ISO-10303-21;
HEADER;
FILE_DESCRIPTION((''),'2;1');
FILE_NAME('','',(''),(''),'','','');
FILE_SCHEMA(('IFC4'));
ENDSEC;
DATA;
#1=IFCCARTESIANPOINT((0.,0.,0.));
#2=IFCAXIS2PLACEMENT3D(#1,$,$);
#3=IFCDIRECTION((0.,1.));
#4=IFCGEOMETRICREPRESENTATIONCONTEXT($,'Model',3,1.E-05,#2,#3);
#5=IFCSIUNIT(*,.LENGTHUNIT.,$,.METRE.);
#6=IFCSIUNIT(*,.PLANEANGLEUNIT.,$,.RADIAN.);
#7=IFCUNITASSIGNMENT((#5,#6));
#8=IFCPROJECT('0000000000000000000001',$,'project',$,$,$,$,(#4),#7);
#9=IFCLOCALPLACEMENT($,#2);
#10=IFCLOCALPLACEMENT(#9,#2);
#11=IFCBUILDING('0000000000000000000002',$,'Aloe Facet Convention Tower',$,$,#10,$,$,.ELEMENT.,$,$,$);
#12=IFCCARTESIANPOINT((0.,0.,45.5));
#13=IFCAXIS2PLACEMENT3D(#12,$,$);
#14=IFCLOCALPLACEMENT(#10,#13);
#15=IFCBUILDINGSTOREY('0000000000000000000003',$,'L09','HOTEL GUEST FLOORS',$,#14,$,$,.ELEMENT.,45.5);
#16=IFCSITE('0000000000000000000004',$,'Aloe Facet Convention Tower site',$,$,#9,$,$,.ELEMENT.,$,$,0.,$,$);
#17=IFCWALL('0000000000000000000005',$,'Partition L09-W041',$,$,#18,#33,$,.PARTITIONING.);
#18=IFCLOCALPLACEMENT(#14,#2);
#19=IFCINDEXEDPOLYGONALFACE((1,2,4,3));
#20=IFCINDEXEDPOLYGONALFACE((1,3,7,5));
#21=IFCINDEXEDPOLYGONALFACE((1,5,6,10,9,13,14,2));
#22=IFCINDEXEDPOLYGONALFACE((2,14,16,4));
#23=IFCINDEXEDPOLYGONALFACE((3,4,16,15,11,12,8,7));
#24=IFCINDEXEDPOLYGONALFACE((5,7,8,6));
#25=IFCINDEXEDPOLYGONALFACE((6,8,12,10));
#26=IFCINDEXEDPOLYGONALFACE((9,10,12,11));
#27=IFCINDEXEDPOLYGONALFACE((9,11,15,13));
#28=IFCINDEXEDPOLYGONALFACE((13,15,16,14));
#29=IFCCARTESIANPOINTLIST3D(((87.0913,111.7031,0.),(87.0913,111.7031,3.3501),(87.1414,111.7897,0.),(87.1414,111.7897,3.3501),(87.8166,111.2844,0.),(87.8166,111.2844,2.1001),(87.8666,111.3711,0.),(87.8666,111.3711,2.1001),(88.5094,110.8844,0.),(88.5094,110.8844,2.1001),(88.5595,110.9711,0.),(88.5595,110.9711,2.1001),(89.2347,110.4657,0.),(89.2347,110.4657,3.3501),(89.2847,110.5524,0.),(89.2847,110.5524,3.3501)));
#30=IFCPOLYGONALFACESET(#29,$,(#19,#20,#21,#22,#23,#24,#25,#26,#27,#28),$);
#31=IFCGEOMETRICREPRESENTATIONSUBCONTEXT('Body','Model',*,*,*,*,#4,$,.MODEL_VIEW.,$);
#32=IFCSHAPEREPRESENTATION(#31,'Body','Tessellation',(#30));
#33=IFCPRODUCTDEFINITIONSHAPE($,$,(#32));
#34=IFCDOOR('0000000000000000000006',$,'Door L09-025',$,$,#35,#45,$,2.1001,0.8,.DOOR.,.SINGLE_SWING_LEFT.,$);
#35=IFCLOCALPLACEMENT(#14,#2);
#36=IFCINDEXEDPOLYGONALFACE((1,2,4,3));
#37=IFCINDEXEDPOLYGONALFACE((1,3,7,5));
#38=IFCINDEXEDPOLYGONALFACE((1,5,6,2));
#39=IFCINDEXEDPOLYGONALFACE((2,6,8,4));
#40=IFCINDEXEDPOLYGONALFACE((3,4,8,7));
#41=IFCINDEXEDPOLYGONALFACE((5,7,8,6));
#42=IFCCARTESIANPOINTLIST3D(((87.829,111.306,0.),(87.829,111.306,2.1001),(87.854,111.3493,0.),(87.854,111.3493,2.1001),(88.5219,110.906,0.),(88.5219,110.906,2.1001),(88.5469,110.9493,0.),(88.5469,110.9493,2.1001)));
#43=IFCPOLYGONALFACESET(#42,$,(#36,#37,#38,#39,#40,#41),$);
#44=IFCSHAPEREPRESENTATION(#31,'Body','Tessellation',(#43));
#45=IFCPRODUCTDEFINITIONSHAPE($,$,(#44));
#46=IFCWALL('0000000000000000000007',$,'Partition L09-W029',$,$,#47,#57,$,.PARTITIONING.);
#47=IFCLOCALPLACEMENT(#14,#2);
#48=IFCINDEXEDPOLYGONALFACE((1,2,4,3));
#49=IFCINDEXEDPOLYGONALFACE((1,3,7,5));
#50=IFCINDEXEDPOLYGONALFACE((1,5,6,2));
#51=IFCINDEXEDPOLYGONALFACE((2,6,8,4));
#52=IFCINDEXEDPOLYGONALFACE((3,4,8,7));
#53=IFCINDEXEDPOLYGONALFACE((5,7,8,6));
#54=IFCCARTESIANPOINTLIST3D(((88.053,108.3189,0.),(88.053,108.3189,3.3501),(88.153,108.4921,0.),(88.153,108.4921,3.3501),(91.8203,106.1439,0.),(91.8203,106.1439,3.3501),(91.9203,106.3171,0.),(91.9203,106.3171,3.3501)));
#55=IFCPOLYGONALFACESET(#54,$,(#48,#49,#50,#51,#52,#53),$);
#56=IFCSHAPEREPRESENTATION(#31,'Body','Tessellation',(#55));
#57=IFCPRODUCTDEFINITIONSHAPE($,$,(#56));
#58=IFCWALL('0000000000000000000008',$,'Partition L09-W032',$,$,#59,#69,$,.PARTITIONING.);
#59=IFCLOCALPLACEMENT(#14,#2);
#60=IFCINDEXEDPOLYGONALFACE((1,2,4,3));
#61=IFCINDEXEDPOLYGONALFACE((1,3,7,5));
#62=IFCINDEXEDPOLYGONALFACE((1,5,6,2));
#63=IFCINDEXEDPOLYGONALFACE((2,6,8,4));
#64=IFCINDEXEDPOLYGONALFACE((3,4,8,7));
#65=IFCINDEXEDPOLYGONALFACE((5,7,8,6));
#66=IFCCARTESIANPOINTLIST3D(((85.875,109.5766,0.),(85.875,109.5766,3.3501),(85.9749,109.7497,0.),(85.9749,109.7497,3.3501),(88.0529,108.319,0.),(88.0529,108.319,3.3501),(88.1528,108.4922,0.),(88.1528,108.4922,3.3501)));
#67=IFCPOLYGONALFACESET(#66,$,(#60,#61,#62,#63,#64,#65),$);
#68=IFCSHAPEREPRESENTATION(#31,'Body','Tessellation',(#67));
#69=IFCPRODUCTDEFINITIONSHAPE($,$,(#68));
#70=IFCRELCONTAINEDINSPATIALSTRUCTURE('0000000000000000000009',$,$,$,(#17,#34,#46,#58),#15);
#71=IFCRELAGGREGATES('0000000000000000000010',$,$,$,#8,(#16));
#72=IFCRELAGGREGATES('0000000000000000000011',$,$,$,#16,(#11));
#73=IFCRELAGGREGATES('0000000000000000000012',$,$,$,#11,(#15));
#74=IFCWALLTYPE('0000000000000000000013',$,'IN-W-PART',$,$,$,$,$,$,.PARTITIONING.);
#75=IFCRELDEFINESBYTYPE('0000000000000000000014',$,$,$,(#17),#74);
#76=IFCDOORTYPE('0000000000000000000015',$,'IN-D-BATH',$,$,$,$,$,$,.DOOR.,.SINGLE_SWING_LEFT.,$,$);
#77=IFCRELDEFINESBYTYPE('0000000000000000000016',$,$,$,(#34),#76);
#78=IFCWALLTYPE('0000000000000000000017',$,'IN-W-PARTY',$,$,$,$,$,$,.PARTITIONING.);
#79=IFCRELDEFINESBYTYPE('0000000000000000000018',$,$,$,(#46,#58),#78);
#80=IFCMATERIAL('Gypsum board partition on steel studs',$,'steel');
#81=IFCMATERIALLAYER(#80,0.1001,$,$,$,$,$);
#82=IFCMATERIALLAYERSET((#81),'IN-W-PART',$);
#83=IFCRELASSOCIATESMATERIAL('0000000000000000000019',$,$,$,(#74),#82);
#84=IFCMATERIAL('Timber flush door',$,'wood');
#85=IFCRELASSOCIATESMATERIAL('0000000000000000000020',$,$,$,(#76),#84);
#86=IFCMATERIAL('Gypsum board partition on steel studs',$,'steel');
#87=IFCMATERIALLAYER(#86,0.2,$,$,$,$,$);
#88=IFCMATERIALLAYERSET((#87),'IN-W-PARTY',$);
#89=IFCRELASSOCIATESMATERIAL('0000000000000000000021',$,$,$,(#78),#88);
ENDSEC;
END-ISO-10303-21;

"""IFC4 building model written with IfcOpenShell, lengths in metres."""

from ifc_helpers import new_model, si_unit, direction, frame, frame_2d, origin, place, context, subcontext, project, spatial, rectangle, extrude, material, layer, layer_set, type_object, element, fill, save


model = new_model("IFC4")

# Units and contexts
model_context = context("Model", 3, precision=1e-05, world=origin(), true_north=direction((0.0, 1.0)))
body_context = subcontext(model_context, "Body", "Model", "MODEL_VIEW")
ifc_project = project(units=[si_unit("LENGTHUNIT", "METRE"), si_unit("PLANEANGLEUNIT", "RADIAN")], contexts=[model_context])

# Site, building, storey
site_placement = place(None, origin())
site = spatial("IfcSite", under=ifc_project, at=site_placement, Name="Aloe Facet Convention Tower site", CompositionType="ELEMENT", RefElevation=0.0)
building_placement = place(site_placement, origin())
building = spatial("IfcBuilding", under=site, at=building_placement, Name="Aloe Facet Convention Tower", CompositionType="ELEMENT")
storey_placement = place(building_placement, frame((0.0, 0.0, 45.5)))
storey = spatial("IfcBuildingStorey", under=building, at=storey_placement, Name="L09", Description="HOTEL GUEST FLOORS", CompositionType="ELEMENT", Elevation=45.5)

# Wall, opening, door
ifc_material_1 = material(Name="Gypsum board partition on steel studs", Category="steel")
ifc_layer_1 = layer(ifc_material_1, 0.1001)
ifc_layer_set_1 = layer_set([ifc_layer_1], Name="IN-W-PART")
wall_type_1 = type_object("IfcWallType", Name="IN-W-PART", PredefinedType="PARTITIONING", material=ifc_layer_set_1)
wall_1_placement = place(storey_placement, frame((87.1165, 111.7463, 0.0), z_axis=(0.0, 0.0, 1.0), x_axis=(0.866049, -0.499959, 0.0)))
wall_1 = element("IfcWall", 1, at=wall_1_placement, inside=storey, type_object=wall_type_1, Name="Partition L09-W041", PredefinedType="PARTITIONING", context=body_context, shape_type="SweptSolid", body=[
    extrude(rectangle(XDim=2.4749, YDim=0.1001, at=frame_2d((1.2373, 0.0))), origin(), (0.0, 0.0, 1.0), 3.3501),
])
opening_1_placement = place(wall_1_placement, frame((0.8374, 0.0, 0.0)))
opening_1 = element("IfcOpeningElement", 2, at=opening_1_placement, cuts=wall_1, PredefinedType="OPENING", context=body_context, shape_type="SweptSolid", body=[
    extrude(rectangle(XDim=0.8, YDim=2.1001, at=frame_2d((0.3999, 1.05))), frame((0.0, 0.0601, 0.0), z_axis=(0.0, -1.0, 0.0), x_axis=(1.0, 0.0, 0.0)), (0.0, 0.0, 1.0), 0.1201),
])
ifc_material_2 = material(Name="Timber flush door", Category="wood")
door_type_1 = type_object("IfcDoorType", Name="IN-D-BATH", OperationType="SINGLE_SWING_LEFT", PredefinedType="DOOR", material=ifc_material_2)
door_1_placement = place(opening_1_placement, origin())
door_1 = element("IfcDoor", 3, at=door_1_placement, inside=storey, type_object=door_type_1, Name="Door L09-025", OperationType="SINGLE_SWING_LEFT", OverallHeight=2.1001, OverallWidth=0.8, PredefinedType="DOOR", context=body_context, shape_type="SweptSolid", body=[
    extrude(rectangle(XDim=0.8, YDim=2.1001, at=frame_2d((0.3999, 1.05))), frame((0.0, 0.0249, 0.0), z_axis=(0.0, -1.0, 0.0), x_axis=(1.0, 0.0, 0.0)), (0.0, 0.0, 1.0), 0.05),
])
fill(opening_1, door_1)

# Walls
ifc_material_3 = material(Name="Gypsum board partition on steel studs", Category="steel")
ifc_layer_2 = layer(ifc_material_3, 0.2)
ifc_layer_set_2 = layer_set([ifc_layer_2], Name="IN-W-PARTY")
wall_type_2 = type_object("IfcWallType", Name="IN-W-PARTY", PredefinedType="PARTITIONING", material=ifc_layer_set_2)
wall_2_placement = place(storey_placement, frame((88.103, 108.4055, 0.0), z_axis=(0.0, 0.0, 1.0), x_axis=(0.866028, -0.499996, 0.0)))
element("IfcWall", 4, at=wall_2_placement, inside=storey, type_object=wall_type_2, Name="Partition L09-W029", PredefinedType="PARTITIONING", context=body_context, shape_type="SweptSolid", body=[
    extrude(rectangle(XDim=4.3501, YDim=0.2, at=frame_2d((2.175, 0.0))), origin(), (0.0, 0.0, 1.0), 3.3501),
])
wall_3_placement = place(storey_placement, frame((85.925, 109.6631, 0.0), z_axis=(0.0, 0.0, 1.0), x_axis=(0.866006, -0.500033, 0.0)))
element("IfcWall", 5, at=wall_3_placement, inside=storey, type_object=wall_type_2, Name="Partition L09-W032", PredefinedType="PARTITIONING", context=body_context, shape_type="SweptSolid", body=[
    extrude(rectangle(XDim=2.5149, YDim=0.2, at=frame_2d((1.2573, 0.0))), origin(), (0.0, 0.0, 1.0), 3.3501),
])

save(model, "model.ifc")
